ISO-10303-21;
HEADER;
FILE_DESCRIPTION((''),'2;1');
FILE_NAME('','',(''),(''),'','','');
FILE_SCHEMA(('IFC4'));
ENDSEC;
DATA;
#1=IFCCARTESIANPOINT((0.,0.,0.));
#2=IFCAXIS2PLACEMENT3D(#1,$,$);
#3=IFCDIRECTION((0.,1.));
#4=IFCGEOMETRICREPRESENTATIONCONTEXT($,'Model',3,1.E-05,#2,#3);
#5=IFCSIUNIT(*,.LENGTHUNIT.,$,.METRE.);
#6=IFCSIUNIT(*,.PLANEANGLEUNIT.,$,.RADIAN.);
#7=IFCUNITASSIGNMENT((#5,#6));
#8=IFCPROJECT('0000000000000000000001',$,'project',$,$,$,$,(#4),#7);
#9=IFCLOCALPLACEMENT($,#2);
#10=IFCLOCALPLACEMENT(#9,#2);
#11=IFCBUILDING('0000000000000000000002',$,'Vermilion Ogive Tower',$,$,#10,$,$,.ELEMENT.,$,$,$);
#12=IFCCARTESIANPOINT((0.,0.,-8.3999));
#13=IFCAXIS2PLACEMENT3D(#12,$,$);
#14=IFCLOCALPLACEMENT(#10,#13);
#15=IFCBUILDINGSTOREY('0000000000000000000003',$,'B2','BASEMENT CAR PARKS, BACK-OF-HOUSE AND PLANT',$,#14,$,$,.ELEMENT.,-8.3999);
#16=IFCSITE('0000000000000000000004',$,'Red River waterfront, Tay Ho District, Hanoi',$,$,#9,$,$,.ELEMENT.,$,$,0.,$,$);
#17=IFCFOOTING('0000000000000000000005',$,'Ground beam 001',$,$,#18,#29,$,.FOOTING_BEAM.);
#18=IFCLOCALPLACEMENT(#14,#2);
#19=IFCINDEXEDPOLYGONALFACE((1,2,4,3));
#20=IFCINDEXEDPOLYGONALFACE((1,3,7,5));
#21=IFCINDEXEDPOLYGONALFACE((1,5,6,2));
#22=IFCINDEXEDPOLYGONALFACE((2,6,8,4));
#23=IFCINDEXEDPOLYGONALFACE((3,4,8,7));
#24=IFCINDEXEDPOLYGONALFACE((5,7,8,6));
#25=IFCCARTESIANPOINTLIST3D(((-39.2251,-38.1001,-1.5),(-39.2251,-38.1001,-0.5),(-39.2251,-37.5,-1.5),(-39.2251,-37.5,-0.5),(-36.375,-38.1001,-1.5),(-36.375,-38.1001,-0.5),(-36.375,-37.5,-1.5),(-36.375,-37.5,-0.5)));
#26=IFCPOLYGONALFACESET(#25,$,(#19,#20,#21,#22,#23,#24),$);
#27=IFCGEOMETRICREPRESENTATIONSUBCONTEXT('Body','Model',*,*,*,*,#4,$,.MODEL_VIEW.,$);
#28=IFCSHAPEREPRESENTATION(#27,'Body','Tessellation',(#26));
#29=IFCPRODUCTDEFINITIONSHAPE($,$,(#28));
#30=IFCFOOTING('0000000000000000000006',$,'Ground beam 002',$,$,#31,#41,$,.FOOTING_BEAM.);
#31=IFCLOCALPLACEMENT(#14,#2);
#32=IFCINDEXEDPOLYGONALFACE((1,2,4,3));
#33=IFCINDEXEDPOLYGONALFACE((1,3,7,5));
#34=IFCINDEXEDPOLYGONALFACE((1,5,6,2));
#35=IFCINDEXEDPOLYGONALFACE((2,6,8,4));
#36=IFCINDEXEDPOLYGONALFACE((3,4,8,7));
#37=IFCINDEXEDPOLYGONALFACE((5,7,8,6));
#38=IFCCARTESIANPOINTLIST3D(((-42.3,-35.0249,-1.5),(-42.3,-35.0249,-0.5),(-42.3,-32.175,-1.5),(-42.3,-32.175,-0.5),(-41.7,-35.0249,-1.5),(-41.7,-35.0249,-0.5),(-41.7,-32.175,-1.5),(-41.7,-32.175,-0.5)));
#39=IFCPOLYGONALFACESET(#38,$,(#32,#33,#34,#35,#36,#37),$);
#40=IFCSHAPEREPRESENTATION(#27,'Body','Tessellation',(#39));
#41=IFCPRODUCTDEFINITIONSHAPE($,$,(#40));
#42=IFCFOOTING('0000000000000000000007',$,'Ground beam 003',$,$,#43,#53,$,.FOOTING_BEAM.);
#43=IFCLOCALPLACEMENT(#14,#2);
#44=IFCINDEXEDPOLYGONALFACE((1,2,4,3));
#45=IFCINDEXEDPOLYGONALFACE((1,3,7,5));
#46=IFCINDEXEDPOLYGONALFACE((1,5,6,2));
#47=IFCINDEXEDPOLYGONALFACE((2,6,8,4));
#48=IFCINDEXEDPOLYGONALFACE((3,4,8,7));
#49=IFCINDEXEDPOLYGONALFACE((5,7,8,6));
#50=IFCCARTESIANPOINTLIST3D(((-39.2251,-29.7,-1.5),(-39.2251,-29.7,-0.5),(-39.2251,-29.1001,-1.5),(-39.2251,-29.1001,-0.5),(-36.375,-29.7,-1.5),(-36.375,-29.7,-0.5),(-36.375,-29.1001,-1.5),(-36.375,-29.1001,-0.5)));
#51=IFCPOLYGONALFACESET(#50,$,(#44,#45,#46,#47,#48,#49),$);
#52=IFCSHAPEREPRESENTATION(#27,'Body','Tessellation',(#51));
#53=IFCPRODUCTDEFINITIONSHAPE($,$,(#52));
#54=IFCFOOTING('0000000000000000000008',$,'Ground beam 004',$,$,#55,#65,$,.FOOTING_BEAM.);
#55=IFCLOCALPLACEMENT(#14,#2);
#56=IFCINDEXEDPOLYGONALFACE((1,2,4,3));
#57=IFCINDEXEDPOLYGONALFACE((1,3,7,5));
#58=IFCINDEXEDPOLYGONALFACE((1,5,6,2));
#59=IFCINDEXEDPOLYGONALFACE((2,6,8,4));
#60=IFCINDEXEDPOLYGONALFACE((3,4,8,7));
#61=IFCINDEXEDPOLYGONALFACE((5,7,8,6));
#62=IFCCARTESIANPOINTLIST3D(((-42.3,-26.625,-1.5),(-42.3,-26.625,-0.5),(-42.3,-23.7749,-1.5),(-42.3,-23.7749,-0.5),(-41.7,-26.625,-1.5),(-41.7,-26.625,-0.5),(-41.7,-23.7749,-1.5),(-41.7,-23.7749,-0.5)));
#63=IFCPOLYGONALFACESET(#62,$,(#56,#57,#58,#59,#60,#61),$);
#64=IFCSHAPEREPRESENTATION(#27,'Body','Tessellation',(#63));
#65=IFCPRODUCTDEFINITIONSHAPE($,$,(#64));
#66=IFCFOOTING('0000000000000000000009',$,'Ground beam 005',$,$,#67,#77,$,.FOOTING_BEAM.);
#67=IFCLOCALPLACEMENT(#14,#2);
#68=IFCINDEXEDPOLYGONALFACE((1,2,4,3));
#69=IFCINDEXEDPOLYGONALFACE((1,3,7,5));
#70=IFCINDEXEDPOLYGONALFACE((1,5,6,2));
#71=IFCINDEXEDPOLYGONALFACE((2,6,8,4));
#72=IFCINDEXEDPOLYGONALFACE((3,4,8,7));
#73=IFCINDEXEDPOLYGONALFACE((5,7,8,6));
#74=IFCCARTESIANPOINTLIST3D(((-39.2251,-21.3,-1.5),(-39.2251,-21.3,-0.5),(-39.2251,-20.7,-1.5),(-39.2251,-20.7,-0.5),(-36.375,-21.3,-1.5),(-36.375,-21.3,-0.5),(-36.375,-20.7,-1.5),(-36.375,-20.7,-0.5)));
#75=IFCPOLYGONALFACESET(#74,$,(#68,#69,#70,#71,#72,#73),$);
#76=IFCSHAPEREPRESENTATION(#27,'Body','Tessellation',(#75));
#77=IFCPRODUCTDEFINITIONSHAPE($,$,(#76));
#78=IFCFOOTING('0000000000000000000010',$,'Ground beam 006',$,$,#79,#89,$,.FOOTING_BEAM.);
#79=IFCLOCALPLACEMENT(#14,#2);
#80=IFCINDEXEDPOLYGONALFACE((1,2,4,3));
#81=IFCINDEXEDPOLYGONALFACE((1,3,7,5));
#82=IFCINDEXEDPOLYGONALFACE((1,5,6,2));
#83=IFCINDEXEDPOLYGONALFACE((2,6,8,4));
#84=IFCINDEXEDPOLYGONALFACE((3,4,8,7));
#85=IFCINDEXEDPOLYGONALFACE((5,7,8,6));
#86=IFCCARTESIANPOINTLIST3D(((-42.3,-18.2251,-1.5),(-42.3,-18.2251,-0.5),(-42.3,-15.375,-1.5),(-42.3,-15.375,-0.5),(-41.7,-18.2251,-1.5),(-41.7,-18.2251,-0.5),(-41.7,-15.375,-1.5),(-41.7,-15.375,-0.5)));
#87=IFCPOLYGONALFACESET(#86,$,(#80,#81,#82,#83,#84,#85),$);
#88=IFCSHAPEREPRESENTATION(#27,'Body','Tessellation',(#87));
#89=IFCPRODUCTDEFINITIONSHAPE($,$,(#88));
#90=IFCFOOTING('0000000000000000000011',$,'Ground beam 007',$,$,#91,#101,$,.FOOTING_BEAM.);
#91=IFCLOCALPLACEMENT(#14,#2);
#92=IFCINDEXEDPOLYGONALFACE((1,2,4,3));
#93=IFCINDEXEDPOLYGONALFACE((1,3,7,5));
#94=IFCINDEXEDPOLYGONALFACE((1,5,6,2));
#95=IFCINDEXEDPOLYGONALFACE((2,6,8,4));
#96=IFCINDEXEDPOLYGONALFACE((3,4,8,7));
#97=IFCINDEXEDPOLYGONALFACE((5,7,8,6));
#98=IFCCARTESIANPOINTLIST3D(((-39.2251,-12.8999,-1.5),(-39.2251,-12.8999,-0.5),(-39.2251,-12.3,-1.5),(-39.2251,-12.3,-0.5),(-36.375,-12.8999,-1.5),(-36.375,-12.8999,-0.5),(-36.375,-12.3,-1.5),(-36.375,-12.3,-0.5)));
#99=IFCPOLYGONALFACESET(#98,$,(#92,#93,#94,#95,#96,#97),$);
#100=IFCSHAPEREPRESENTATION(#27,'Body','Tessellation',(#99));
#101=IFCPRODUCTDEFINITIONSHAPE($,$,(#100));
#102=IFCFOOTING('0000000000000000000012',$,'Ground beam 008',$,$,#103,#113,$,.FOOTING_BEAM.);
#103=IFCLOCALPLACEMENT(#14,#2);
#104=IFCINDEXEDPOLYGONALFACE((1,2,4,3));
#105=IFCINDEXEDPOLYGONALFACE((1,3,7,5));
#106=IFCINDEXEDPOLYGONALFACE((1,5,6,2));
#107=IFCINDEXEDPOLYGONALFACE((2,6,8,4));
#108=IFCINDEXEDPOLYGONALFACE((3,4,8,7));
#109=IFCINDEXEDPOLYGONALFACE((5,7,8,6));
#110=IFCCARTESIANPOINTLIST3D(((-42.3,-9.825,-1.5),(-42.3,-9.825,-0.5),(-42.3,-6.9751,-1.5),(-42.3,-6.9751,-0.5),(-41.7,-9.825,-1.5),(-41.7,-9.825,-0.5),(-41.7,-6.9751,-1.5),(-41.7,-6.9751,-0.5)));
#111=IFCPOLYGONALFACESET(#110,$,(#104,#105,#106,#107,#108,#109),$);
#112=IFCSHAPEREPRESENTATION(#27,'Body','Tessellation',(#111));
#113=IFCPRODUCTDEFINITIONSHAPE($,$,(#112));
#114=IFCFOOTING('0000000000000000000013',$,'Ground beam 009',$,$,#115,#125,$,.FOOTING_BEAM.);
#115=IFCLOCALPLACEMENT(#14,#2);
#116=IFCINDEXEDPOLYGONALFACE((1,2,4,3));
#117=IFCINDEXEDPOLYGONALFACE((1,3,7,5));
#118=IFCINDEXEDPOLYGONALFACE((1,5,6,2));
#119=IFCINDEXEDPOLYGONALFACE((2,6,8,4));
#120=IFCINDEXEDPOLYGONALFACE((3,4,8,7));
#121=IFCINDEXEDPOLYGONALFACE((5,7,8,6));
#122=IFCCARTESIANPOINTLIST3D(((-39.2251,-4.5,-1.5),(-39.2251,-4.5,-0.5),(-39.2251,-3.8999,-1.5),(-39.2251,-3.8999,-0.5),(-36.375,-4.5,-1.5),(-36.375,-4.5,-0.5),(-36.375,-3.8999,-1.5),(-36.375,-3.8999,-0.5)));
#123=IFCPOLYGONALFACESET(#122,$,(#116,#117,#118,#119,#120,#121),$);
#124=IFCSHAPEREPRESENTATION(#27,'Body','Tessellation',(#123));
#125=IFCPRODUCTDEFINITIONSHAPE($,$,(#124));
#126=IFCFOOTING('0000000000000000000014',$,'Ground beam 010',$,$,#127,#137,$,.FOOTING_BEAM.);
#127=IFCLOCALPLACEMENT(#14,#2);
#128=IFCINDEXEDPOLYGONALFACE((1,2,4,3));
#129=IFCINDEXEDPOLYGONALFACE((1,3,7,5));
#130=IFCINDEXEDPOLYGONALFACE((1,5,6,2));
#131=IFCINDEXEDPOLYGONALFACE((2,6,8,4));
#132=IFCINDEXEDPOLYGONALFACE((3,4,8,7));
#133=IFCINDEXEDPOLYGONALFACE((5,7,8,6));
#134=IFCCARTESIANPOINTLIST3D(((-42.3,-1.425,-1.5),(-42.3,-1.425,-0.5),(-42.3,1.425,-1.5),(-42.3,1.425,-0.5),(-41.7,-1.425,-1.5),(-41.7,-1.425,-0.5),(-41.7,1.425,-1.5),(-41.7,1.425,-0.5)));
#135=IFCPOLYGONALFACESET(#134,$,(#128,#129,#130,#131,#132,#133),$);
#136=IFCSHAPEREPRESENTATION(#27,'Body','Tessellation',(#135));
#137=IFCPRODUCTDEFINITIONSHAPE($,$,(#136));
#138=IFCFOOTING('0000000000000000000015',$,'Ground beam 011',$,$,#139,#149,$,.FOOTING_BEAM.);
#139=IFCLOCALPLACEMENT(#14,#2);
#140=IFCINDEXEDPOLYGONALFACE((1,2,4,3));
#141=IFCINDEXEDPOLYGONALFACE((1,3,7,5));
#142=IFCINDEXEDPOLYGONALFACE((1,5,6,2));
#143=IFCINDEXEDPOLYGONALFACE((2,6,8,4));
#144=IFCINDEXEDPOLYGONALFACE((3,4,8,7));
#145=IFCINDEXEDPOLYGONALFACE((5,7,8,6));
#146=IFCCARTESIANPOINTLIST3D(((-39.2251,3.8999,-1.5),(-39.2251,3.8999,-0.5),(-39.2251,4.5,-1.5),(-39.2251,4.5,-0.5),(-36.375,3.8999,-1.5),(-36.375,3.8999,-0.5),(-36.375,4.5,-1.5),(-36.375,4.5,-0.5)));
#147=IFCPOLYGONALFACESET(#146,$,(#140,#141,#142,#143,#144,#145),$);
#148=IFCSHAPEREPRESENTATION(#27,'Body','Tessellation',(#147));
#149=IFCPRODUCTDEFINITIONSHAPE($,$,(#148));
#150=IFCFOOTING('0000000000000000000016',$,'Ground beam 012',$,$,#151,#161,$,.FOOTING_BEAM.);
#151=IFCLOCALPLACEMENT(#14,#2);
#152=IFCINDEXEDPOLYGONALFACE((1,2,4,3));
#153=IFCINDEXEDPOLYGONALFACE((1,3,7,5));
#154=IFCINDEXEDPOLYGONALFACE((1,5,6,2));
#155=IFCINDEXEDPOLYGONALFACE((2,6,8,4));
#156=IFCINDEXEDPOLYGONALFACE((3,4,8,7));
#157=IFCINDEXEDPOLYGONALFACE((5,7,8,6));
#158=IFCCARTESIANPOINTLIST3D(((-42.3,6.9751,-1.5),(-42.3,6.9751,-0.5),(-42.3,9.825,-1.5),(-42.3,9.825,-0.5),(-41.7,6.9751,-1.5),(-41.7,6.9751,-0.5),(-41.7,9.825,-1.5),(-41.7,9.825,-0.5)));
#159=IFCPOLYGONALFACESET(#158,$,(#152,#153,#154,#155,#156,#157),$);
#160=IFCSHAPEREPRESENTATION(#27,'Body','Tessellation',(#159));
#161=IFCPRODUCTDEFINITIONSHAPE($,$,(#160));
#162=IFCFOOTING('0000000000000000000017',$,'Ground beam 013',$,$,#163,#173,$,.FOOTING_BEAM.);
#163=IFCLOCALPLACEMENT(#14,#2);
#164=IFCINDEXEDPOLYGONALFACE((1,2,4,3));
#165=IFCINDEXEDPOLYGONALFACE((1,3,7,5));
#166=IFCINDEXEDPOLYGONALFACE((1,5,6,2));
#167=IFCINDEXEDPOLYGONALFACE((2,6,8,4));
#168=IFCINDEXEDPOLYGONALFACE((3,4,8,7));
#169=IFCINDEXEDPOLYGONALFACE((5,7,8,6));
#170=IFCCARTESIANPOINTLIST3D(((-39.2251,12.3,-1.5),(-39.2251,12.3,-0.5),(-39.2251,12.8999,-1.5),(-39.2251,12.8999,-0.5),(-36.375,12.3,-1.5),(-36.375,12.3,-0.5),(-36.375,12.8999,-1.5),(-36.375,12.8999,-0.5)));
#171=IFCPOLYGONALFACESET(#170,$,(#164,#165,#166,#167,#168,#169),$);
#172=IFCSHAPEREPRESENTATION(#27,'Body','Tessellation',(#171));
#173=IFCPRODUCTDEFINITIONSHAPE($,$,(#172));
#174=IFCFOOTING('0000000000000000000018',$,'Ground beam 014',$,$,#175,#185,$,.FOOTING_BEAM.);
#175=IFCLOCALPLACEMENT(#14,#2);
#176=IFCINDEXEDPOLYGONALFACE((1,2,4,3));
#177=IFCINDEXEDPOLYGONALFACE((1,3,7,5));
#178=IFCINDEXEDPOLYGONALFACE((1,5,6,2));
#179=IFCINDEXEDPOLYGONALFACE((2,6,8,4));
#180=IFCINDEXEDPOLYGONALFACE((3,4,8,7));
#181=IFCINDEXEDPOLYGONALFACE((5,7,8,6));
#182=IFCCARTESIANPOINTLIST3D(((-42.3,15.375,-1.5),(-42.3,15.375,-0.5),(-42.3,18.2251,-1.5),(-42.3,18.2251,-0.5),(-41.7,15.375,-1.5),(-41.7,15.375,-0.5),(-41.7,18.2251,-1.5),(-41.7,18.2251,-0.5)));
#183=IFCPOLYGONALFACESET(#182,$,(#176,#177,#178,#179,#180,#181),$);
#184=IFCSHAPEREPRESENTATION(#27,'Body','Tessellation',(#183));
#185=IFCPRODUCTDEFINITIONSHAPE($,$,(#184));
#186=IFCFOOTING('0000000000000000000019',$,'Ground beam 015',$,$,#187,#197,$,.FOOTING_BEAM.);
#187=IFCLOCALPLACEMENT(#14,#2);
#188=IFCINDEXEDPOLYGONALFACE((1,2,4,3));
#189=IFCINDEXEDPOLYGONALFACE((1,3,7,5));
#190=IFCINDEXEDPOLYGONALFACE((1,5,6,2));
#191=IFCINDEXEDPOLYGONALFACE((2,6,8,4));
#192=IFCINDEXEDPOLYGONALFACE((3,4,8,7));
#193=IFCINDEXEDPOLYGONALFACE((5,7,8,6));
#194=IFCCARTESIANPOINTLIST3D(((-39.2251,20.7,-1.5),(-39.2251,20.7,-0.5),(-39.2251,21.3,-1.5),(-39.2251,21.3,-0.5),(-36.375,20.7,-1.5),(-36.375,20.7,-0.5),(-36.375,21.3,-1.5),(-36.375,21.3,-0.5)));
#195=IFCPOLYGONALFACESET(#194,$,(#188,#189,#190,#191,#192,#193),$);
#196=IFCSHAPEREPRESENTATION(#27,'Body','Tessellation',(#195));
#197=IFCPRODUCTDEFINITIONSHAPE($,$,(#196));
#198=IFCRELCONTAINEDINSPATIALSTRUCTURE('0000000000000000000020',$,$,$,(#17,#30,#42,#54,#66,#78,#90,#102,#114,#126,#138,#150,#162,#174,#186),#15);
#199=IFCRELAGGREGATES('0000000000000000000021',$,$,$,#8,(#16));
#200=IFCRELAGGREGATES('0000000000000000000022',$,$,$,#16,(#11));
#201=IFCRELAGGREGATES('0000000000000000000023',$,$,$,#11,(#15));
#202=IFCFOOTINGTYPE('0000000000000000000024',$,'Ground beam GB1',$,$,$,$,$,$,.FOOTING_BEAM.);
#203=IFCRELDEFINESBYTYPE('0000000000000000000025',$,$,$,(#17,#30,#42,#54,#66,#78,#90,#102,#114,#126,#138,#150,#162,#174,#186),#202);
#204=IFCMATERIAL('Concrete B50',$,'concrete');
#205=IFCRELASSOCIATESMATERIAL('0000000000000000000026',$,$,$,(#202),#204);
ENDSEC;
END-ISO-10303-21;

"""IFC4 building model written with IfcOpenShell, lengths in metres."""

from ifc_helpers import new_model, si_unit, direction, frame, origin, place, context, subcontext, project, spatial, polyline, outline, extrude, material, type_object, element, save


model = new_model("IFC4")

# Units and contexts
model_context = context("Model", 3, precision=1e-05, world=origin(), true_north=direction((0.0, 1.0)))
body_context = subcontext(model_context, "Body", "Model", "MODEL_VIEW")
ifc_project = project(units=[si_unit("LENGTHUNIT", "METRE"), si_unit("PLANEANGLEUNIT", "RADIAN")], contexts=[model_context])

# Site, building, storey
site_placement = place(None, origin())
site = spatial("IfcSite", under=ifc_project, at=site_placement, Name="Red River waterfront, Tay Ho District, Hanoi", CompositionType="ELEMENT", RefElevation=0.0)
building_placement = place(site_placement, origin())
building = spatial("IfcBuilding", under=site, at=building_placement, Name="Vermilion Ogive Tower", CompositionType="ELEMENT")
storey_placement = place(building_placement, frame((0.0, 0.0, -8.3999)))
storey = spatial("IfcBuildingStorey", under=building, at=storey_placement, Name="B2", Description="BASEMENT CAR PARKS, BACK-OF-HOUSE AND PLANT", CompositionType="ELEMENT", Elevation=-8.3999)

# Footings
ifc_material_1 = material(Name="Concrete B50", Category="concrete")
footing_type_1 = type_object("IfcFootingType", Name="Ground beam GB1", PredefinedType="FOOTING_BEAM", material=ifc_material_1)
footing_1_placement = place(storey_placement, frame((0.0, 0.0, -1.5)))
element("IfcFooting", 1, at=footing_1_placement, inside=storey, type_object=footing_type_1, Name="Ground beam 001", PredefinedType="FOOTING_BEAM", context=body_context, shape_type="SweptSolid", body=[
    extrude(outline(polyline([(-36.375, -38.1001), (-36.375, -37.5), (-39.2251, -37.5), (-39.2251, -38.1001), (-36.375, -38.1001)])), origin(), (0.0, 0.0, 1.0), 1.0),
])
footing_2_placement = place(storey_placement, frame((0.0, 0.0, -1.5)))
element("IfcFooting", 2, at=footing_2_placement, inside=storey, type_object=footing_type_1, Name="Ground beam 002", PredefinedType="FOOTING_BEAM", context=body_context, shape_type="SweptSolid", body=[
    extrude(outline(polyline([(-41.7, -35.0249), (-41.7, -32.175), (-42.3, -32.175), (-42.3, -35.0249), (-41.7, -35.0249)])), origin(), (0.0, 0.0, 1.0), 1.0),
])
footing_3_placement = place(storey_placement, frame((0.0, 0.0, -1.5)))
element("IfcFooting", 3, at=footing_3_placement, inside=storey, type_object=footing_type_1, Name="Ground beam 003", PredefinedType="FOOTING_BEAM", context=body_context, shape_type="SweptSolid", body=[
    extrude(outline(polyline([(-36.375, -29.7), (-36.375, -29.1001), (-39.2251, -29.1001), (-39.2251, -29.7), (-36.375, -29.7)])), origin(), (0.0, 0.0, 1.0), 1.0),
])
footing_4_placement = place(storey_placement, frame((0.0, 0.0, -1.5)))
element("IfcFooting", 4, at=footing_4_placement, inside=storey, type_object=footing_type_1, Name="Ground beam 004", PredefinedType="FOOTING_BEAM", context=body_context, shape_type="SweptSolid", body=[
    extrude(outline(polyline([(-41.7, -26.625), (-41.7, -23.7749), (-42.3, -23.7749), (-42.3, -26.625), (-41.7, -26.625)])), origin(), (0.0, 0.0, 1.0), 1.0),
])
footing_5_placement = place(storey_placement, frame((0.0, 0.0, -1.5)))
element("IfcFooting", 5, at=footing_5_placement, inside=storey, type_object=footing_type_1, Name="Ground beam 005", PredefinedType="FOOTING_BEAM", context=body_context, shape_type="SweptSolid", body=[
    extrude(outline(polyline([(-36.375, -21.3), (-36.375, -20.7), (-39.2251, -20.7), (-39.2251, -21.3), (-36.375, -21.3)])), origin(), (0.0, 0.0, 1.0), 1.0),
])
footing_6_placement = place(storey_placement, frame((0.0, 0.0, -1.5)))
element("IfcFooting", 6, at=footing_6_placement, inside=storey, type_object=footing_type_1, Name="Ground beam 006", PredefinedType="FOOTING_BEAM", context=body_context, shape_type="SweptSolid", body=[
    extrude(outline(polyline([(-41.7, -18.2251), (-41.7, -15.375), (-42.3, -15.375), (-42.3, -18.2251), (-41.7, -18.2251)])), origin(), (0.0, 0.0, 1.0), 1.0),
])
footing_7_placement = place(storey_placement, frame((0.0, 0.0, -1.5)))
element("IfcFooting", 7, at=footing_7_placement, inside=storey, type_object=footing_type_1, Name="Ground beam 007", PredefinedType="FOOTING_BEAM", context=body_context, shape_type="SweptSolid", body=[
    extrude(outline(polyline([(-36.375, -12.8999), (-36.375, -12.3), (-39.2251, -12.3), (-39.2251, -12.8999), (-36.375, -12.8999)])), origin(), (0.0, 0.0, 1.0), 1.0),
])
footing_8_placement = place(storey_placement, frame((0.0, 0.0, -1.5)))
element("IfcFooting", 8, at=footing_8_placement, inside=storey, type_object=footing_type_1, Name="Ground beam 008", PredefinedType="FOOTING_BEAM", context=body_context, shape_type="SweptSolid", body=[
    extrude(outline(polyline([(-41.7, -9.825), (-41.7, -6.9751), (-42.3, -6.9751), (-42.3, -9.825), (-41.7, -9.825)])), origin(), (0.0, 0.0, 1.0), 1.0),
])
footing_9_placement = place(storey_placement, frame((0.0, 0.0, -1.5)))
element("IfcFooting", 9, at=footing_9_placement, inside=storey, type_object=footing_type_1, Name="Ground beam 009", PredefinedType="FOOTING_BEAM", context=body_context, shape_type="SweptSolid", body=[
    extrude(outline(polyline([(-36.375, -4.5), (-36.375, -3.8999), (-39.2251, -3.8999), (-39.2251, -4.5), (-36.375, -4.5)])), origin(), (0.0, 0.0, 1.0), 1.0),
])
footing_10_placement = place(storey_placement, frame((0.0, 0.0, -1.5)))
element("IfcFooting", 10, at=footing_10_placement, inside=storey, type_object=footing_type_1, Name="Ground beam 010", PredefinedType="FOOTING_BEAM", context=body_context, shape_type="SweptSolid", body=[
    extrude(outline(polyline([(-41.7, -1.425), (-41.7, 1.425), (-42.3, 1.425), (-42.3, -1.425), (-41.7, -1.425)])), origin(), (0.0, 0.0, 1.0), 1.0),
])
footing_11_placement = place(storey_placement, frame((0.0, 0.0, -1.5)))
element("IfcFooting", 11, at=footing_11_placement, inside=storey, type_object=footing_type_1, Name="Ground beam 011", PredefinedType="FOOTING_BEAM", context=body_context, shape_type="SweptSolid", body=[
    extrude(outline(polyline([(-36.375, 3.8999), (-36.375, 4.5), (-39.2251, 4.5), (-39.2251, 3.8999), (-36.375, 3.8999)])), origin(), (0.0, 0.0, 1.0), 1.0),
])
footing_12_placement = place(storey_placement, frame((0.0, 0.0, -1.5)))
element("IfcFooting", 12, at=footing_12_placement, inside=storey, type_object=footing_type_1, Name="Ground beam 012", PredefinedType="FOOTING_BEAM", context=body_context, shape_type="SweptSolid", body=[
    extrude(outline(polyline([(-41.7, 6.9751), (-41.7, 9.825), (-42.3, 9.825), (-42.3, 6.9751), (-41.7, 6.9751)])), origin(), (0.0, 0.0, 1.0), 1.0),
])
footing_13_placement = place(storey_placement, frame((0.0, 0.0, -1.5)))
element("IfcFooting", 13, at=footing_13_placement, inside=storey, type_object=footing_type_1, Name="Ground beam 013", PredefinedType="FOOTING_BEAM", context=body_context, shape_type="SweptSolid", body=[
    extrude(outline(polyline([(-36.375, 12.3), (-36.375, 12.8999), (-39.2251, 12.8999), (-39.2251, 12.3), (-36.375, 12.3)])), origin(), (0.0, 0.0, 1.0), 1.0),
])
footing_14_placement = place(storey_placement, frame((0.0, 0.0, -1.5)))
element("IfcFooting", 14, at=footing_14_placement, inside=storey, type_object=footing_type_1, Name="Ground beam 014", PredefinedType="FOOTING_BEAM", context=body_context, shape_type="SweptSolid", body=[
    extrude(outline(polyline([(-41.7, 15.375), (-41.7, 18.2251), (-42.3, 18.2251), (-42.3, 15.375), (-41.7, 15.375)])), origin(), (0.0, 0.0, 1.0), 1.0),
])
footing_15_placement = place(storey_placement, frame((0.0, 0.0, -1.5)))
element("IfcFooting", 15, at=footing_15_placement, inside=storey, type_object=footing_type_1, Name="Ground beam 015", PredefinedType="FOOTING_BEAM", context=body_context, shape_type="SweptSolid", body=[
    extrude(outline(polyline([(-36.375, 20.7), (-36.375, 21.3), (-39.2251, 21.3), (-39.2251, 20.7), (-36.375, 20.7)])), origin(), (0.0, 0.0, 1.0), 1.0),
])

save(model, "model.ifc")
